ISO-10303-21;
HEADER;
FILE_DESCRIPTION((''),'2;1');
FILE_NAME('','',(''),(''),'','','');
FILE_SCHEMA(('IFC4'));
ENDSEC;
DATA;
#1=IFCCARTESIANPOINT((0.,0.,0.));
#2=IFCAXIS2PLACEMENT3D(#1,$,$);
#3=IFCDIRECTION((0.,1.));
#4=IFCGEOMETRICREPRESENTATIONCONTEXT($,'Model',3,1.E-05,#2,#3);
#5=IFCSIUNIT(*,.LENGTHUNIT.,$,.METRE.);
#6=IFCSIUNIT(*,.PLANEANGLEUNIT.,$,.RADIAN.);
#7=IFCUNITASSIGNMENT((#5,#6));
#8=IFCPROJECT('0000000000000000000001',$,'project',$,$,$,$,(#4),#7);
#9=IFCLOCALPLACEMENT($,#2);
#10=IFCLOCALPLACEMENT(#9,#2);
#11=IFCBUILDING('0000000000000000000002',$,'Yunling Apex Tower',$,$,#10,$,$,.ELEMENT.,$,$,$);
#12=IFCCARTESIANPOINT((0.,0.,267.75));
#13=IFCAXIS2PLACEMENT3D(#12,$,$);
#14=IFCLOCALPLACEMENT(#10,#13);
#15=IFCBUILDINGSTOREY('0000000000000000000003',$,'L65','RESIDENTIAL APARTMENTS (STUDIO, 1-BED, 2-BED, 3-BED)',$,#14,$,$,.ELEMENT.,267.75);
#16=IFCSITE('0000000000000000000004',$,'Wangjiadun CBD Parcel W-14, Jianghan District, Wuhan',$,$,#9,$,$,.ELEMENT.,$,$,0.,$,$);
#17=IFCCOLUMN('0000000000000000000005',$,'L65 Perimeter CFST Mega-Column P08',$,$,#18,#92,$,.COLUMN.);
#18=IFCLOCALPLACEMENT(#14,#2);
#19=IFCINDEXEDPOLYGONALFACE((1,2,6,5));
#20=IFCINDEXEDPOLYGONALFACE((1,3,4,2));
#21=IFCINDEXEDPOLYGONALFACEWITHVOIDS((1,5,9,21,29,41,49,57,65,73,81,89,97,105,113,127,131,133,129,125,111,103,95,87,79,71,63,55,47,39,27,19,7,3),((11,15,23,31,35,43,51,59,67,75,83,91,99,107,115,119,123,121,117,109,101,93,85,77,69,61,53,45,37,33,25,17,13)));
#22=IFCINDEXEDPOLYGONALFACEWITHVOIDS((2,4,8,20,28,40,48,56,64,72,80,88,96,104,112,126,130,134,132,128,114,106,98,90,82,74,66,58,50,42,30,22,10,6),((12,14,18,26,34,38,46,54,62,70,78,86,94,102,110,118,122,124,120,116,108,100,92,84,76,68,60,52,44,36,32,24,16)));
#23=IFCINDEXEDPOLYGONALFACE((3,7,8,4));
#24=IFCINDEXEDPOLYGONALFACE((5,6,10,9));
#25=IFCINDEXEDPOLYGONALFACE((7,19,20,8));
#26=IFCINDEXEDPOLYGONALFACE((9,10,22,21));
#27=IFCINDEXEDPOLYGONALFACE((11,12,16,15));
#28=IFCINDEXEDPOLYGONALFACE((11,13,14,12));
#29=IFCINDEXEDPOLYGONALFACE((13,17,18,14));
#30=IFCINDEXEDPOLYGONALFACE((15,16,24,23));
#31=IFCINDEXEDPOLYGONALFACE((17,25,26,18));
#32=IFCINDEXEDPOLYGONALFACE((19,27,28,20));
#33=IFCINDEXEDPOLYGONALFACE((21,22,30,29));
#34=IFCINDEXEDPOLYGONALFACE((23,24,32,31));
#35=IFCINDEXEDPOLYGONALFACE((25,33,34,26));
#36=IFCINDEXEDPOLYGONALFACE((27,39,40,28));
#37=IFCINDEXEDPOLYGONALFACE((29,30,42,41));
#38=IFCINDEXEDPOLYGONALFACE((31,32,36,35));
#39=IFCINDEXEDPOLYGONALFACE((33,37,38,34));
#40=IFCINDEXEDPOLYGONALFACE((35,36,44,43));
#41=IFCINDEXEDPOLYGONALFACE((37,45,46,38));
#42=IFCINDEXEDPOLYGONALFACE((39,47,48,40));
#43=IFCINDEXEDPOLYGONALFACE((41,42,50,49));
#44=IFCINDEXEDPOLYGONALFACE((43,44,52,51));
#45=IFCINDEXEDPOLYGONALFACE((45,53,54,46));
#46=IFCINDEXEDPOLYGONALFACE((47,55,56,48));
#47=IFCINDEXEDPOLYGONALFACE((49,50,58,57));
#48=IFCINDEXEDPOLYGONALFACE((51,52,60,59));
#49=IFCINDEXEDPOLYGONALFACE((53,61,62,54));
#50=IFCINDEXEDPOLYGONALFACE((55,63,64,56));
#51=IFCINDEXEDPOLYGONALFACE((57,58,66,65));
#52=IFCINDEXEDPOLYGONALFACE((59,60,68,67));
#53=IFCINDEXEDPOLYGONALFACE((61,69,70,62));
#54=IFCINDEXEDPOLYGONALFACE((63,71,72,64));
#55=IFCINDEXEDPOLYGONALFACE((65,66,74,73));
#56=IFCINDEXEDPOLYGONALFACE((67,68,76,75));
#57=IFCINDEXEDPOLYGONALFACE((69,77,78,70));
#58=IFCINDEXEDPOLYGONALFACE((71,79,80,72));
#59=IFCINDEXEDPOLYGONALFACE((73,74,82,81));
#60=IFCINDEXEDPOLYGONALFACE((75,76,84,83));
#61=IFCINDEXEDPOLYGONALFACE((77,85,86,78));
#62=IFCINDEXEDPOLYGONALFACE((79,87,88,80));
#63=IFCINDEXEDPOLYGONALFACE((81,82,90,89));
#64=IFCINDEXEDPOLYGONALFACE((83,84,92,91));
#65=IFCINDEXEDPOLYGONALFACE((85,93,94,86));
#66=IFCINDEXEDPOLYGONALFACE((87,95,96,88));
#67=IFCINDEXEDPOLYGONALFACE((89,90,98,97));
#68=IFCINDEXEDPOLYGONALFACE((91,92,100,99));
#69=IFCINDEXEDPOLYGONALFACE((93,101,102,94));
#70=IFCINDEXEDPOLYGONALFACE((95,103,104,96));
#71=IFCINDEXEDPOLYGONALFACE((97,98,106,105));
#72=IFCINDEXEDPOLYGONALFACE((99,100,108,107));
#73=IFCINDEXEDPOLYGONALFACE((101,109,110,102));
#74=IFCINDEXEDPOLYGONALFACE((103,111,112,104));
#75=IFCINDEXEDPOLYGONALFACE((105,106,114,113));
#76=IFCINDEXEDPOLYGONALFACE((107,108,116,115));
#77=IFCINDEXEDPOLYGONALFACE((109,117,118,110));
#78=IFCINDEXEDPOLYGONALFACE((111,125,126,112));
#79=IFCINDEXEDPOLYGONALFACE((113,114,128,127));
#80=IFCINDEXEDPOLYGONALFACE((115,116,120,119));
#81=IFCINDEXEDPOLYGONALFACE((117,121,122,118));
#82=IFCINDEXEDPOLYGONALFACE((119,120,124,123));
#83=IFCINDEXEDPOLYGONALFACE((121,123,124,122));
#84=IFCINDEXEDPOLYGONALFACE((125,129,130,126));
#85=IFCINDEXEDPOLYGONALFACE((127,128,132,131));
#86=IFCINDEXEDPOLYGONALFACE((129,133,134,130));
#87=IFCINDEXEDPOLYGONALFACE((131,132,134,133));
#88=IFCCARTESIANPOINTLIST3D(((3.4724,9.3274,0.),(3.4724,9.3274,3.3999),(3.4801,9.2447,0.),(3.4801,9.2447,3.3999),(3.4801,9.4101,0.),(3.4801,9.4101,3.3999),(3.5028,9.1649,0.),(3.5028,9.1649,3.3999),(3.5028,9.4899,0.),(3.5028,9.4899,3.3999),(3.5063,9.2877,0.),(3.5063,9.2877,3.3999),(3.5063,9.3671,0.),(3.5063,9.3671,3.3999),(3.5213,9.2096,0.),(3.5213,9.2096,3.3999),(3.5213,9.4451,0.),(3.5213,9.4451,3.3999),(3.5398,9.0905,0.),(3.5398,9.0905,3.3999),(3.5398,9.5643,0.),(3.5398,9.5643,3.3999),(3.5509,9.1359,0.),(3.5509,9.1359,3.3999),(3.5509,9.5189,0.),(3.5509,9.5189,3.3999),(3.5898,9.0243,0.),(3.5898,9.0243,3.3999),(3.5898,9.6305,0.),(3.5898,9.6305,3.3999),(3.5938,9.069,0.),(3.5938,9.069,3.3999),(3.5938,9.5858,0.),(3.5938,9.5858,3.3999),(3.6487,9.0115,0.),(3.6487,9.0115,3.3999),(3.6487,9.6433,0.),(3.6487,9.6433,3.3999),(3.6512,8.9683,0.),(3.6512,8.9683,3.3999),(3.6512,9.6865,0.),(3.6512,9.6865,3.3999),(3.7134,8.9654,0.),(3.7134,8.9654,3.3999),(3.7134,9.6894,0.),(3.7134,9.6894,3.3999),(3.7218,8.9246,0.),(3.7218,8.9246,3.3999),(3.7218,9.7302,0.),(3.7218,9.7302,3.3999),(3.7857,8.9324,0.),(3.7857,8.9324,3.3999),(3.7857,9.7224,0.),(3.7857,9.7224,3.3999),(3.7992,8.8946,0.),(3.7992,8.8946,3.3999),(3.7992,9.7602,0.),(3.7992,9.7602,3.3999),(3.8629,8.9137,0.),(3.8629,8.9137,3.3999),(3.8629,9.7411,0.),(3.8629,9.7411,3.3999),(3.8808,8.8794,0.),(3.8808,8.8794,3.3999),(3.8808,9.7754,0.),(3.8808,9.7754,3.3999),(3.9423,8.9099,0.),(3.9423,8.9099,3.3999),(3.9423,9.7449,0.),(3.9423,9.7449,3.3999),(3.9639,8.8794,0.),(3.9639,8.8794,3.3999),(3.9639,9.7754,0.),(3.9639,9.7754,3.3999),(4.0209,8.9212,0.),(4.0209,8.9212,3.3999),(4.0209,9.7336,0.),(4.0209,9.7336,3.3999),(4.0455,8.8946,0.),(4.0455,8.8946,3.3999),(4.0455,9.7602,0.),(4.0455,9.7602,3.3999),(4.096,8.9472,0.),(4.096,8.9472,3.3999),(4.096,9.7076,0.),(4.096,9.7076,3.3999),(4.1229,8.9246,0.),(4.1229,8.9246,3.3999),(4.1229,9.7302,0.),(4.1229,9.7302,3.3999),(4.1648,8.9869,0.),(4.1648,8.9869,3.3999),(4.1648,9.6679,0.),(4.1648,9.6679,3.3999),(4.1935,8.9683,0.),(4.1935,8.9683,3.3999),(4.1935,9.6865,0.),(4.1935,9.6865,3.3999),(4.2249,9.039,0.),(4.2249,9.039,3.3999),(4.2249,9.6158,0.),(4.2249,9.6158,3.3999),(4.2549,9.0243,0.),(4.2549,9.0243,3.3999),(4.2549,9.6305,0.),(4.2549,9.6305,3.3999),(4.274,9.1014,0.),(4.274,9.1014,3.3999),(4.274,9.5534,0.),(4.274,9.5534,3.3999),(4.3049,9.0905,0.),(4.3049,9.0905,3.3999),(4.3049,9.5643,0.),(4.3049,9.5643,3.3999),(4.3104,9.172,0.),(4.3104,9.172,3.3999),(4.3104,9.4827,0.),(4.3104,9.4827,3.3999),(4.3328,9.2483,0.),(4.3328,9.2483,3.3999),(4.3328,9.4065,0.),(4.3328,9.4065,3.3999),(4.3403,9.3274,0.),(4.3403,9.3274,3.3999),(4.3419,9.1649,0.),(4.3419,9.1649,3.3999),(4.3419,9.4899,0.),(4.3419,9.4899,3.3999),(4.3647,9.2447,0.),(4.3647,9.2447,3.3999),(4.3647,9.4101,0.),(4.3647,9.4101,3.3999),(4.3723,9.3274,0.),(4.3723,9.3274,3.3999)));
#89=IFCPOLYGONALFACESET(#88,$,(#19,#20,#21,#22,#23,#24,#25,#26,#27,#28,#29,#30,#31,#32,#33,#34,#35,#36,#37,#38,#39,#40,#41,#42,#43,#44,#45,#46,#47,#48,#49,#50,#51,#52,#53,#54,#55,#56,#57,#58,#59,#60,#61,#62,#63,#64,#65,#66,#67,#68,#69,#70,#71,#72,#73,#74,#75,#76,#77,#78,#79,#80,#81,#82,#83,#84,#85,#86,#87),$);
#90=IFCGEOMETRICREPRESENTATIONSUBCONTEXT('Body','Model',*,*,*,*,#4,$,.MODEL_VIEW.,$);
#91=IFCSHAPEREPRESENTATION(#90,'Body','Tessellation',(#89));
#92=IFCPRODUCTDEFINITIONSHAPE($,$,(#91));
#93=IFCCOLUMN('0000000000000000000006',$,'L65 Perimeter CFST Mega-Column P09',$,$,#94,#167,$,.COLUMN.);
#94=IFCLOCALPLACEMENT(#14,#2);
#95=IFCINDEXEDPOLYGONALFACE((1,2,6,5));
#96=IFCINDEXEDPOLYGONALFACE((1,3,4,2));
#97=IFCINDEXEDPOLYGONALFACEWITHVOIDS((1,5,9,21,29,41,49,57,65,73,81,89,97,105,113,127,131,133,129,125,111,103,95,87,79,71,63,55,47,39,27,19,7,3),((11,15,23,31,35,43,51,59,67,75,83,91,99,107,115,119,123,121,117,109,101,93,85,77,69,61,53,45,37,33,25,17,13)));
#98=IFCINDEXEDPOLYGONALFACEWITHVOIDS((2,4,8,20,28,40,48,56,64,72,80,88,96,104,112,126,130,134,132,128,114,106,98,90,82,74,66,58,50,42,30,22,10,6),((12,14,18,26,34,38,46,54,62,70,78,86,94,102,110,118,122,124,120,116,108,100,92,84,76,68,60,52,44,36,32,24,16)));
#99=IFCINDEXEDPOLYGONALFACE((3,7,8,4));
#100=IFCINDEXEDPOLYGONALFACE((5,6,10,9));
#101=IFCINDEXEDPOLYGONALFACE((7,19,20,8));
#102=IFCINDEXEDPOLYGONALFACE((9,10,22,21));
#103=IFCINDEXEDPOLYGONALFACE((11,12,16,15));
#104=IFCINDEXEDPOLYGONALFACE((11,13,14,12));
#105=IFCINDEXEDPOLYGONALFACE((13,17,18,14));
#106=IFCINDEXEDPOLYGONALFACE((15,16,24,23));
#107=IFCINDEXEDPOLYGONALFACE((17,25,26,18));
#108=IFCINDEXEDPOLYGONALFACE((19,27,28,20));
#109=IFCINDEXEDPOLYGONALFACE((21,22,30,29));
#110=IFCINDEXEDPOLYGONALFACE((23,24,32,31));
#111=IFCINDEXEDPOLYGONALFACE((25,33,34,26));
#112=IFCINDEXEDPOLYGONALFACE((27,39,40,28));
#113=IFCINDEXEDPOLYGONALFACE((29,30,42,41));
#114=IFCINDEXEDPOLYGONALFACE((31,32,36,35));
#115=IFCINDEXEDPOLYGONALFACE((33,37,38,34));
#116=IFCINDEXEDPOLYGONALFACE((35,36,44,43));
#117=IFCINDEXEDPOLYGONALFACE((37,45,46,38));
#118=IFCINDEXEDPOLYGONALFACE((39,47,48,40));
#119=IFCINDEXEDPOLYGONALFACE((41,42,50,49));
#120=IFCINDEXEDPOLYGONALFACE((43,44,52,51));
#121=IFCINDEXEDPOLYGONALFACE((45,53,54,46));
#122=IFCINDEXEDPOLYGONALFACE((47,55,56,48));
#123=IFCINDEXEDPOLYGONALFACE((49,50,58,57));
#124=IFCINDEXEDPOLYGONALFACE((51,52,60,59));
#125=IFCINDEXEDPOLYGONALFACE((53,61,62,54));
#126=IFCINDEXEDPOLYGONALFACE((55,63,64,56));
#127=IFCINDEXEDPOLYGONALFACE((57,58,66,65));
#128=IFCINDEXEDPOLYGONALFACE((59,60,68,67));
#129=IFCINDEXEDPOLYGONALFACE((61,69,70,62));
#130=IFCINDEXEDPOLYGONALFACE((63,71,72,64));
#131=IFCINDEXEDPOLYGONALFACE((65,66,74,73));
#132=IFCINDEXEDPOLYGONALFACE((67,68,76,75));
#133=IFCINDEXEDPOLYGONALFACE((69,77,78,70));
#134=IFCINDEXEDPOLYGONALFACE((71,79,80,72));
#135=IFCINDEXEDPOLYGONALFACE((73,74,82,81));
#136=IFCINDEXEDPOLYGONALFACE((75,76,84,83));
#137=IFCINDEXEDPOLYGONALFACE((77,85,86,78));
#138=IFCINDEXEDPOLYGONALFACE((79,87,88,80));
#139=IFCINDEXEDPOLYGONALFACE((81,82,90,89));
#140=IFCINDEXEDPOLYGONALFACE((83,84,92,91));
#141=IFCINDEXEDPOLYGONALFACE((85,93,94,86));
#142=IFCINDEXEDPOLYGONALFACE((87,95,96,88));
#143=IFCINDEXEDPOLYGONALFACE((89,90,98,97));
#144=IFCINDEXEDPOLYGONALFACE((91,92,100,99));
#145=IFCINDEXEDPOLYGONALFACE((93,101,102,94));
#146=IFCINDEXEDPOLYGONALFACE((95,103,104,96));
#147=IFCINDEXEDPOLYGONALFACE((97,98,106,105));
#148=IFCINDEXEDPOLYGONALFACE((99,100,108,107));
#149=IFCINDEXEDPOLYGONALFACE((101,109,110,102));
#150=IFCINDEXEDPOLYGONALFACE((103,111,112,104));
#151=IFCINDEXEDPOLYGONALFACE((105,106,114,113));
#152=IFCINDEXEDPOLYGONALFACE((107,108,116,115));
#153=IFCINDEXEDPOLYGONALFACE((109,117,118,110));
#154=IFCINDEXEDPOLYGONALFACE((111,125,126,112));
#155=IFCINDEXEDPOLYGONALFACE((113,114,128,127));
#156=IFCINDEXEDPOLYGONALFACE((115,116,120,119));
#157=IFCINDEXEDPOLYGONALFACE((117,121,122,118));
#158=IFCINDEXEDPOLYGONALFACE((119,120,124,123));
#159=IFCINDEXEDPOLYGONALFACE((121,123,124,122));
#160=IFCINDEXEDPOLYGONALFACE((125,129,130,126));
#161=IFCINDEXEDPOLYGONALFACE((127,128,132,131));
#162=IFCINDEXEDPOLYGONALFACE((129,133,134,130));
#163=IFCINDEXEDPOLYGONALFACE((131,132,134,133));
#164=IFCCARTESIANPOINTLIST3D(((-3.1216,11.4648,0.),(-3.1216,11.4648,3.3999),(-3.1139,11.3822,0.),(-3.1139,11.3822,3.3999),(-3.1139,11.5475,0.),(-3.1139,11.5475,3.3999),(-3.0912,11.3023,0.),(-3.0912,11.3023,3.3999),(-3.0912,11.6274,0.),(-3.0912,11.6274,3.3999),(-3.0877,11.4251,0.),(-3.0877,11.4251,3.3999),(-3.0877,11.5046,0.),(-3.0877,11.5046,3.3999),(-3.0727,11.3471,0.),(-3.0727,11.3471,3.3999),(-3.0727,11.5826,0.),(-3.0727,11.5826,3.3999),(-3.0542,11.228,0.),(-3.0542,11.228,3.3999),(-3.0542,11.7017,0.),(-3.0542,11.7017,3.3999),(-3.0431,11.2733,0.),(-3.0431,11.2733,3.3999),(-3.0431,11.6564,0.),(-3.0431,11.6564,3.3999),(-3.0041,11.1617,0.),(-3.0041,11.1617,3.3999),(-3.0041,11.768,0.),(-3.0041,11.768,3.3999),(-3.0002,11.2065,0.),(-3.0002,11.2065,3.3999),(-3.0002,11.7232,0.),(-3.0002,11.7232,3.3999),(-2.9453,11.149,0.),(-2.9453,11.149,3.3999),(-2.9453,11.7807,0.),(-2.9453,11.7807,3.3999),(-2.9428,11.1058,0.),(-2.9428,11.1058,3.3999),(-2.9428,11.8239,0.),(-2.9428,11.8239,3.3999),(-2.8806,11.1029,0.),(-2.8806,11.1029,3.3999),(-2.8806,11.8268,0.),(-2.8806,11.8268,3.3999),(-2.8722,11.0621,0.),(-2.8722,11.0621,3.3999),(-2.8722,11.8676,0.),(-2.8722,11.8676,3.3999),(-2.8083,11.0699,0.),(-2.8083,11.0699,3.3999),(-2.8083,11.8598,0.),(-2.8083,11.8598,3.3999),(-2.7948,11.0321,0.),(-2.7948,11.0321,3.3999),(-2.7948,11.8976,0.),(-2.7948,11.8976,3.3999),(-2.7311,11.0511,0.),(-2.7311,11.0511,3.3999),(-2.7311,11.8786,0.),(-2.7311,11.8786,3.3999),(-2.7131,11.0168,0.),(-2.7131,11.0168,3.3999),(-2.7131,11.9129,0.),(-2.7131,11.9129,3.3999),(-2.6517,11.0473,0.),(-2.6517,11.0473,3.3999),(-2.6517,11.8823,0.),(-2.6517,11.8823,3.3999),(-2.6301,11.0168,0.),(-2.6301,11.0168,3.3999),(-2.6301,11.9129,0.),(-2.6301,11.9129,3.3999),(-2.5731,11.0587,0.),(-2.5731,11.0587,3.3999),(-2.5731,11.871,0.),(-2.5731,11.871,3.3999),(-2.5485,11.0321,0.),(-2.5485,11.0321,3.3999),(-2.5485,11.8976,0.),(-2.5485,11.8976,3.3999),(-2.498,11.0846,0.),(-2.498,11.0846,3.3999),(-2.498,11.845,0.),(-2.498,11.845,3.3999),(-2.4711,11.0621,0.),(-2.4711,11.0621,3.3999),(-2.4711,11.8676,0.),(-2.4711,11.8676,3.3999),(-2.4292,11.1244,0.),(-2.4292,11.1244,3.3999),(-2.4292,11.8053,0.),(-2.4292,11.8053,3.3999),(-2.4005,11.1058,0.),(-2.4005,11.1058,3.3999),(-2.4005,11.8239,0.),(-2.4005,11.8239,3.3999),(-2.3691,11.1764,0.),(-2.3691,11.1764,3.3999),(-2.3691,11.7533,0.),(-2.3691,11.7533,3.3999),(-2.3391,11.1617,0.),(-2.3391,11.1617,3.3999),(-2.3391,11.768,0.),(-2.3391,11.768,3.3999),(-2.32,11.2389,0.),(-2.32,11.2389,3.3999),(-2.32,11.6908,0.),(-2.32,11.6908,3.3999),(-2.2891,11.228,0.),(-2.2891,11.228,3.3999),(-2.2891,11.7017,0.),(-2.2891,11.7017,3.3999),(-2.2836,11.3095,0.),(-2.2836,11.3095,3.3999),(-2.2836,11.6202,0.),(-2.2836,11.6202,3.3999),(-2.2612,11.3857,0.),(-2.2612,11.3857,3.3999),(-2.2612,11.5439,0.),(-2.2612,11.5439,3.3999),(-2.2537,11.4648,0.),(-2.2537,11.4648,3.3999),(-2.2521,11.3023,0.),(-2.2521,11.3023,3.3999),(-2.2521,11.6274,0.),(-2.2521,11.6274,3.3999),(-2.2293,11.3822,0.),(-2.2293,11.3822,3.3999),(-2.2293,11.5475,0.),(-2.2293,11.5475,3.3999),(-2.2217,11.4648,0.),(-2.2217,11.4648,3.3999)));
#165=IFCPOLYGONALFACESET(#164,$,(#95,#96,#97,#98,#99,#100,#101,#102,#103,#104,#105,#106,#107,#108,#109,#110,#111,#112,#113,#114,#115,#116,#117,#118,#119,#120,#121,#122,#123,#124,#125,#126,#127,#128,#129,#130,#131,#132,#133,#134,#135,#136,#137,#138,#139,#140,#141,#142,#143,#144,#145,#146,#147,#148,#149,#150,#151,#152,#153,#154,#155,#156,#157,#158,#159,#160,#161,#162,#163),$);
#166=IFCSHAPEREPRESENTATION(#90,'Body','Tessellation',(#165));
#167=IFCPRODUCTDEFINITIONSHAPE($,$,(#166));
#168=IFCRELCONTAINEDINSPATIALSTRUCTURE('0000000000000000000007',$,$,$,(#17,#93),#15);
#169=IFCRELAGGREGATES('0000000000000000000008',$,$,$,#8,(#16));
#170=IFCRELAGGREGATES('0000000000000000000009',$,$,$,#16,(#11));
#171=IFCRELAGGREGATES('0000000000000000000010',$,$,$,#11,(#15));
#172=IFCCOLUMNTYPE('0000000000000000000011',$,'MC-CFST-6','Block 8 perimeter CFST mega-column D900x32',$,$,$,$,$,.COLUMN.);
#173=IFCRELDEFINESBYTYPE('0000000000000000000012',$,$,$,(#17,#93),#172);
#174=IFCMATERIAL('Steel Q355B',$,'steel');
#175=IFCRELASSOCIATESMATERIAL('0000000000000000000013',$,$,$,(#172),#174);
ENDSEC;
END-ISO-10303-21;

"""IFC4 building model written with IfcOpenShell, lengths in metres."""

from ifc_helpers import new_model, si_unit, direction, frame, origin, origin_2d, place, context, subcontext, project, spatial, hollow_circle, extrude, source, transform, mapped, material, material_profile, profile_set, type_object, element, save


model = new_model("IFC4")

# Units and contexts
model_context = context("Model", 3, precision=1e-05, world=origin(), true_north=direction((0.0, 1.0)))
body_context = subcontext(model_context, "Body", "Model", "MODEL_VIEW")
ifc_project = project(units=[si_unit("LENGTHUNIT", "METRE"), si_unit("PLANEANGLEUNIT", "RADIAN")], contexts=[model_context])

# Site, building, storey
site_placement = place(None, origin())
site = spatial("IfcSite", under=ifc_project, at=site_placement, Name="Wangjiadun CBD Parcel W-14, Jianghan District, Wuhan", CompositionType="ELEMENT", RefElevation=0.0)
building_placement = place(site_placement, origin())
building = spatial("IfcBuilding", under=site, at=building_placement, Name="Yunling Apex Tower", CompositionType="ELEMENT")
storey_placement = place(building_placement, frame((0.0, 0.0, 267.75)))
storey = spatial("IfcBuildingStorey", under=building, at=storey_placement, Name="L65", Description="RESIDENTIAL APARTMENTS (STUDIO, 1-BED, 2-BED, 3-BED)", CompositionType="ELEMENT", Elevation=267.75)

# Columns
ifc_material_1 = material(Name="Steel Q355B", Category="steel")
ifc_material_profile_1 = material_profile(ifc_material_1, hollow_circle(Radius=0.45, WallThickness=0.032, at=origin_2d()))
ifc_profile_set_1 = profile_set([ifc_material_profile_1], Name="Steel Q355B")
column_type = type_object("IfcColumnType", Name="MC-CFST-6", Description="Block 8 perimeter CFST mega-column D900x32", PredefinedType="COLUMN", material=ifc_profile_set_1)
shared_shape_1 = source(origin(), body_context, "Body", "SweptSolid", [
    extrude(hollow_circle(Radius=0.45, WallThickness=0.032, at=origin_2d()), origin(), (0.0, 0.0, 1.0), 3.3999),
])
for number, where, z_axis, x_axis, name in (
    (1, (3.9224, 9.3274, 0.0), (0.0, 0.0, 1.0), (1.0, 0.0, 0.0), "L65 Perimeter CFST Mega-Column P08"),
    (2, (-2.6716, 11.4648, 0.0), (0.0, 0.0, 1.0), (1.0, 0.0, 0.0), "L65 Perimeter CFST Mega-Column P09"),
):
    element("IfcColumn", number, at=place(storey_placement, frame(where, z_axis=z_axis, x_axis=x_axis)), inside=storey, type_object=column_type, Name=name, PredefinedType="COLUMN", context=body_context, shape_type="MappedRepresentation", body=[
        mapped(shared_shape_1, transform((0.0, 0.0, 0.0), scale=1.0)),
    ])

save(model, "model.ifc")
